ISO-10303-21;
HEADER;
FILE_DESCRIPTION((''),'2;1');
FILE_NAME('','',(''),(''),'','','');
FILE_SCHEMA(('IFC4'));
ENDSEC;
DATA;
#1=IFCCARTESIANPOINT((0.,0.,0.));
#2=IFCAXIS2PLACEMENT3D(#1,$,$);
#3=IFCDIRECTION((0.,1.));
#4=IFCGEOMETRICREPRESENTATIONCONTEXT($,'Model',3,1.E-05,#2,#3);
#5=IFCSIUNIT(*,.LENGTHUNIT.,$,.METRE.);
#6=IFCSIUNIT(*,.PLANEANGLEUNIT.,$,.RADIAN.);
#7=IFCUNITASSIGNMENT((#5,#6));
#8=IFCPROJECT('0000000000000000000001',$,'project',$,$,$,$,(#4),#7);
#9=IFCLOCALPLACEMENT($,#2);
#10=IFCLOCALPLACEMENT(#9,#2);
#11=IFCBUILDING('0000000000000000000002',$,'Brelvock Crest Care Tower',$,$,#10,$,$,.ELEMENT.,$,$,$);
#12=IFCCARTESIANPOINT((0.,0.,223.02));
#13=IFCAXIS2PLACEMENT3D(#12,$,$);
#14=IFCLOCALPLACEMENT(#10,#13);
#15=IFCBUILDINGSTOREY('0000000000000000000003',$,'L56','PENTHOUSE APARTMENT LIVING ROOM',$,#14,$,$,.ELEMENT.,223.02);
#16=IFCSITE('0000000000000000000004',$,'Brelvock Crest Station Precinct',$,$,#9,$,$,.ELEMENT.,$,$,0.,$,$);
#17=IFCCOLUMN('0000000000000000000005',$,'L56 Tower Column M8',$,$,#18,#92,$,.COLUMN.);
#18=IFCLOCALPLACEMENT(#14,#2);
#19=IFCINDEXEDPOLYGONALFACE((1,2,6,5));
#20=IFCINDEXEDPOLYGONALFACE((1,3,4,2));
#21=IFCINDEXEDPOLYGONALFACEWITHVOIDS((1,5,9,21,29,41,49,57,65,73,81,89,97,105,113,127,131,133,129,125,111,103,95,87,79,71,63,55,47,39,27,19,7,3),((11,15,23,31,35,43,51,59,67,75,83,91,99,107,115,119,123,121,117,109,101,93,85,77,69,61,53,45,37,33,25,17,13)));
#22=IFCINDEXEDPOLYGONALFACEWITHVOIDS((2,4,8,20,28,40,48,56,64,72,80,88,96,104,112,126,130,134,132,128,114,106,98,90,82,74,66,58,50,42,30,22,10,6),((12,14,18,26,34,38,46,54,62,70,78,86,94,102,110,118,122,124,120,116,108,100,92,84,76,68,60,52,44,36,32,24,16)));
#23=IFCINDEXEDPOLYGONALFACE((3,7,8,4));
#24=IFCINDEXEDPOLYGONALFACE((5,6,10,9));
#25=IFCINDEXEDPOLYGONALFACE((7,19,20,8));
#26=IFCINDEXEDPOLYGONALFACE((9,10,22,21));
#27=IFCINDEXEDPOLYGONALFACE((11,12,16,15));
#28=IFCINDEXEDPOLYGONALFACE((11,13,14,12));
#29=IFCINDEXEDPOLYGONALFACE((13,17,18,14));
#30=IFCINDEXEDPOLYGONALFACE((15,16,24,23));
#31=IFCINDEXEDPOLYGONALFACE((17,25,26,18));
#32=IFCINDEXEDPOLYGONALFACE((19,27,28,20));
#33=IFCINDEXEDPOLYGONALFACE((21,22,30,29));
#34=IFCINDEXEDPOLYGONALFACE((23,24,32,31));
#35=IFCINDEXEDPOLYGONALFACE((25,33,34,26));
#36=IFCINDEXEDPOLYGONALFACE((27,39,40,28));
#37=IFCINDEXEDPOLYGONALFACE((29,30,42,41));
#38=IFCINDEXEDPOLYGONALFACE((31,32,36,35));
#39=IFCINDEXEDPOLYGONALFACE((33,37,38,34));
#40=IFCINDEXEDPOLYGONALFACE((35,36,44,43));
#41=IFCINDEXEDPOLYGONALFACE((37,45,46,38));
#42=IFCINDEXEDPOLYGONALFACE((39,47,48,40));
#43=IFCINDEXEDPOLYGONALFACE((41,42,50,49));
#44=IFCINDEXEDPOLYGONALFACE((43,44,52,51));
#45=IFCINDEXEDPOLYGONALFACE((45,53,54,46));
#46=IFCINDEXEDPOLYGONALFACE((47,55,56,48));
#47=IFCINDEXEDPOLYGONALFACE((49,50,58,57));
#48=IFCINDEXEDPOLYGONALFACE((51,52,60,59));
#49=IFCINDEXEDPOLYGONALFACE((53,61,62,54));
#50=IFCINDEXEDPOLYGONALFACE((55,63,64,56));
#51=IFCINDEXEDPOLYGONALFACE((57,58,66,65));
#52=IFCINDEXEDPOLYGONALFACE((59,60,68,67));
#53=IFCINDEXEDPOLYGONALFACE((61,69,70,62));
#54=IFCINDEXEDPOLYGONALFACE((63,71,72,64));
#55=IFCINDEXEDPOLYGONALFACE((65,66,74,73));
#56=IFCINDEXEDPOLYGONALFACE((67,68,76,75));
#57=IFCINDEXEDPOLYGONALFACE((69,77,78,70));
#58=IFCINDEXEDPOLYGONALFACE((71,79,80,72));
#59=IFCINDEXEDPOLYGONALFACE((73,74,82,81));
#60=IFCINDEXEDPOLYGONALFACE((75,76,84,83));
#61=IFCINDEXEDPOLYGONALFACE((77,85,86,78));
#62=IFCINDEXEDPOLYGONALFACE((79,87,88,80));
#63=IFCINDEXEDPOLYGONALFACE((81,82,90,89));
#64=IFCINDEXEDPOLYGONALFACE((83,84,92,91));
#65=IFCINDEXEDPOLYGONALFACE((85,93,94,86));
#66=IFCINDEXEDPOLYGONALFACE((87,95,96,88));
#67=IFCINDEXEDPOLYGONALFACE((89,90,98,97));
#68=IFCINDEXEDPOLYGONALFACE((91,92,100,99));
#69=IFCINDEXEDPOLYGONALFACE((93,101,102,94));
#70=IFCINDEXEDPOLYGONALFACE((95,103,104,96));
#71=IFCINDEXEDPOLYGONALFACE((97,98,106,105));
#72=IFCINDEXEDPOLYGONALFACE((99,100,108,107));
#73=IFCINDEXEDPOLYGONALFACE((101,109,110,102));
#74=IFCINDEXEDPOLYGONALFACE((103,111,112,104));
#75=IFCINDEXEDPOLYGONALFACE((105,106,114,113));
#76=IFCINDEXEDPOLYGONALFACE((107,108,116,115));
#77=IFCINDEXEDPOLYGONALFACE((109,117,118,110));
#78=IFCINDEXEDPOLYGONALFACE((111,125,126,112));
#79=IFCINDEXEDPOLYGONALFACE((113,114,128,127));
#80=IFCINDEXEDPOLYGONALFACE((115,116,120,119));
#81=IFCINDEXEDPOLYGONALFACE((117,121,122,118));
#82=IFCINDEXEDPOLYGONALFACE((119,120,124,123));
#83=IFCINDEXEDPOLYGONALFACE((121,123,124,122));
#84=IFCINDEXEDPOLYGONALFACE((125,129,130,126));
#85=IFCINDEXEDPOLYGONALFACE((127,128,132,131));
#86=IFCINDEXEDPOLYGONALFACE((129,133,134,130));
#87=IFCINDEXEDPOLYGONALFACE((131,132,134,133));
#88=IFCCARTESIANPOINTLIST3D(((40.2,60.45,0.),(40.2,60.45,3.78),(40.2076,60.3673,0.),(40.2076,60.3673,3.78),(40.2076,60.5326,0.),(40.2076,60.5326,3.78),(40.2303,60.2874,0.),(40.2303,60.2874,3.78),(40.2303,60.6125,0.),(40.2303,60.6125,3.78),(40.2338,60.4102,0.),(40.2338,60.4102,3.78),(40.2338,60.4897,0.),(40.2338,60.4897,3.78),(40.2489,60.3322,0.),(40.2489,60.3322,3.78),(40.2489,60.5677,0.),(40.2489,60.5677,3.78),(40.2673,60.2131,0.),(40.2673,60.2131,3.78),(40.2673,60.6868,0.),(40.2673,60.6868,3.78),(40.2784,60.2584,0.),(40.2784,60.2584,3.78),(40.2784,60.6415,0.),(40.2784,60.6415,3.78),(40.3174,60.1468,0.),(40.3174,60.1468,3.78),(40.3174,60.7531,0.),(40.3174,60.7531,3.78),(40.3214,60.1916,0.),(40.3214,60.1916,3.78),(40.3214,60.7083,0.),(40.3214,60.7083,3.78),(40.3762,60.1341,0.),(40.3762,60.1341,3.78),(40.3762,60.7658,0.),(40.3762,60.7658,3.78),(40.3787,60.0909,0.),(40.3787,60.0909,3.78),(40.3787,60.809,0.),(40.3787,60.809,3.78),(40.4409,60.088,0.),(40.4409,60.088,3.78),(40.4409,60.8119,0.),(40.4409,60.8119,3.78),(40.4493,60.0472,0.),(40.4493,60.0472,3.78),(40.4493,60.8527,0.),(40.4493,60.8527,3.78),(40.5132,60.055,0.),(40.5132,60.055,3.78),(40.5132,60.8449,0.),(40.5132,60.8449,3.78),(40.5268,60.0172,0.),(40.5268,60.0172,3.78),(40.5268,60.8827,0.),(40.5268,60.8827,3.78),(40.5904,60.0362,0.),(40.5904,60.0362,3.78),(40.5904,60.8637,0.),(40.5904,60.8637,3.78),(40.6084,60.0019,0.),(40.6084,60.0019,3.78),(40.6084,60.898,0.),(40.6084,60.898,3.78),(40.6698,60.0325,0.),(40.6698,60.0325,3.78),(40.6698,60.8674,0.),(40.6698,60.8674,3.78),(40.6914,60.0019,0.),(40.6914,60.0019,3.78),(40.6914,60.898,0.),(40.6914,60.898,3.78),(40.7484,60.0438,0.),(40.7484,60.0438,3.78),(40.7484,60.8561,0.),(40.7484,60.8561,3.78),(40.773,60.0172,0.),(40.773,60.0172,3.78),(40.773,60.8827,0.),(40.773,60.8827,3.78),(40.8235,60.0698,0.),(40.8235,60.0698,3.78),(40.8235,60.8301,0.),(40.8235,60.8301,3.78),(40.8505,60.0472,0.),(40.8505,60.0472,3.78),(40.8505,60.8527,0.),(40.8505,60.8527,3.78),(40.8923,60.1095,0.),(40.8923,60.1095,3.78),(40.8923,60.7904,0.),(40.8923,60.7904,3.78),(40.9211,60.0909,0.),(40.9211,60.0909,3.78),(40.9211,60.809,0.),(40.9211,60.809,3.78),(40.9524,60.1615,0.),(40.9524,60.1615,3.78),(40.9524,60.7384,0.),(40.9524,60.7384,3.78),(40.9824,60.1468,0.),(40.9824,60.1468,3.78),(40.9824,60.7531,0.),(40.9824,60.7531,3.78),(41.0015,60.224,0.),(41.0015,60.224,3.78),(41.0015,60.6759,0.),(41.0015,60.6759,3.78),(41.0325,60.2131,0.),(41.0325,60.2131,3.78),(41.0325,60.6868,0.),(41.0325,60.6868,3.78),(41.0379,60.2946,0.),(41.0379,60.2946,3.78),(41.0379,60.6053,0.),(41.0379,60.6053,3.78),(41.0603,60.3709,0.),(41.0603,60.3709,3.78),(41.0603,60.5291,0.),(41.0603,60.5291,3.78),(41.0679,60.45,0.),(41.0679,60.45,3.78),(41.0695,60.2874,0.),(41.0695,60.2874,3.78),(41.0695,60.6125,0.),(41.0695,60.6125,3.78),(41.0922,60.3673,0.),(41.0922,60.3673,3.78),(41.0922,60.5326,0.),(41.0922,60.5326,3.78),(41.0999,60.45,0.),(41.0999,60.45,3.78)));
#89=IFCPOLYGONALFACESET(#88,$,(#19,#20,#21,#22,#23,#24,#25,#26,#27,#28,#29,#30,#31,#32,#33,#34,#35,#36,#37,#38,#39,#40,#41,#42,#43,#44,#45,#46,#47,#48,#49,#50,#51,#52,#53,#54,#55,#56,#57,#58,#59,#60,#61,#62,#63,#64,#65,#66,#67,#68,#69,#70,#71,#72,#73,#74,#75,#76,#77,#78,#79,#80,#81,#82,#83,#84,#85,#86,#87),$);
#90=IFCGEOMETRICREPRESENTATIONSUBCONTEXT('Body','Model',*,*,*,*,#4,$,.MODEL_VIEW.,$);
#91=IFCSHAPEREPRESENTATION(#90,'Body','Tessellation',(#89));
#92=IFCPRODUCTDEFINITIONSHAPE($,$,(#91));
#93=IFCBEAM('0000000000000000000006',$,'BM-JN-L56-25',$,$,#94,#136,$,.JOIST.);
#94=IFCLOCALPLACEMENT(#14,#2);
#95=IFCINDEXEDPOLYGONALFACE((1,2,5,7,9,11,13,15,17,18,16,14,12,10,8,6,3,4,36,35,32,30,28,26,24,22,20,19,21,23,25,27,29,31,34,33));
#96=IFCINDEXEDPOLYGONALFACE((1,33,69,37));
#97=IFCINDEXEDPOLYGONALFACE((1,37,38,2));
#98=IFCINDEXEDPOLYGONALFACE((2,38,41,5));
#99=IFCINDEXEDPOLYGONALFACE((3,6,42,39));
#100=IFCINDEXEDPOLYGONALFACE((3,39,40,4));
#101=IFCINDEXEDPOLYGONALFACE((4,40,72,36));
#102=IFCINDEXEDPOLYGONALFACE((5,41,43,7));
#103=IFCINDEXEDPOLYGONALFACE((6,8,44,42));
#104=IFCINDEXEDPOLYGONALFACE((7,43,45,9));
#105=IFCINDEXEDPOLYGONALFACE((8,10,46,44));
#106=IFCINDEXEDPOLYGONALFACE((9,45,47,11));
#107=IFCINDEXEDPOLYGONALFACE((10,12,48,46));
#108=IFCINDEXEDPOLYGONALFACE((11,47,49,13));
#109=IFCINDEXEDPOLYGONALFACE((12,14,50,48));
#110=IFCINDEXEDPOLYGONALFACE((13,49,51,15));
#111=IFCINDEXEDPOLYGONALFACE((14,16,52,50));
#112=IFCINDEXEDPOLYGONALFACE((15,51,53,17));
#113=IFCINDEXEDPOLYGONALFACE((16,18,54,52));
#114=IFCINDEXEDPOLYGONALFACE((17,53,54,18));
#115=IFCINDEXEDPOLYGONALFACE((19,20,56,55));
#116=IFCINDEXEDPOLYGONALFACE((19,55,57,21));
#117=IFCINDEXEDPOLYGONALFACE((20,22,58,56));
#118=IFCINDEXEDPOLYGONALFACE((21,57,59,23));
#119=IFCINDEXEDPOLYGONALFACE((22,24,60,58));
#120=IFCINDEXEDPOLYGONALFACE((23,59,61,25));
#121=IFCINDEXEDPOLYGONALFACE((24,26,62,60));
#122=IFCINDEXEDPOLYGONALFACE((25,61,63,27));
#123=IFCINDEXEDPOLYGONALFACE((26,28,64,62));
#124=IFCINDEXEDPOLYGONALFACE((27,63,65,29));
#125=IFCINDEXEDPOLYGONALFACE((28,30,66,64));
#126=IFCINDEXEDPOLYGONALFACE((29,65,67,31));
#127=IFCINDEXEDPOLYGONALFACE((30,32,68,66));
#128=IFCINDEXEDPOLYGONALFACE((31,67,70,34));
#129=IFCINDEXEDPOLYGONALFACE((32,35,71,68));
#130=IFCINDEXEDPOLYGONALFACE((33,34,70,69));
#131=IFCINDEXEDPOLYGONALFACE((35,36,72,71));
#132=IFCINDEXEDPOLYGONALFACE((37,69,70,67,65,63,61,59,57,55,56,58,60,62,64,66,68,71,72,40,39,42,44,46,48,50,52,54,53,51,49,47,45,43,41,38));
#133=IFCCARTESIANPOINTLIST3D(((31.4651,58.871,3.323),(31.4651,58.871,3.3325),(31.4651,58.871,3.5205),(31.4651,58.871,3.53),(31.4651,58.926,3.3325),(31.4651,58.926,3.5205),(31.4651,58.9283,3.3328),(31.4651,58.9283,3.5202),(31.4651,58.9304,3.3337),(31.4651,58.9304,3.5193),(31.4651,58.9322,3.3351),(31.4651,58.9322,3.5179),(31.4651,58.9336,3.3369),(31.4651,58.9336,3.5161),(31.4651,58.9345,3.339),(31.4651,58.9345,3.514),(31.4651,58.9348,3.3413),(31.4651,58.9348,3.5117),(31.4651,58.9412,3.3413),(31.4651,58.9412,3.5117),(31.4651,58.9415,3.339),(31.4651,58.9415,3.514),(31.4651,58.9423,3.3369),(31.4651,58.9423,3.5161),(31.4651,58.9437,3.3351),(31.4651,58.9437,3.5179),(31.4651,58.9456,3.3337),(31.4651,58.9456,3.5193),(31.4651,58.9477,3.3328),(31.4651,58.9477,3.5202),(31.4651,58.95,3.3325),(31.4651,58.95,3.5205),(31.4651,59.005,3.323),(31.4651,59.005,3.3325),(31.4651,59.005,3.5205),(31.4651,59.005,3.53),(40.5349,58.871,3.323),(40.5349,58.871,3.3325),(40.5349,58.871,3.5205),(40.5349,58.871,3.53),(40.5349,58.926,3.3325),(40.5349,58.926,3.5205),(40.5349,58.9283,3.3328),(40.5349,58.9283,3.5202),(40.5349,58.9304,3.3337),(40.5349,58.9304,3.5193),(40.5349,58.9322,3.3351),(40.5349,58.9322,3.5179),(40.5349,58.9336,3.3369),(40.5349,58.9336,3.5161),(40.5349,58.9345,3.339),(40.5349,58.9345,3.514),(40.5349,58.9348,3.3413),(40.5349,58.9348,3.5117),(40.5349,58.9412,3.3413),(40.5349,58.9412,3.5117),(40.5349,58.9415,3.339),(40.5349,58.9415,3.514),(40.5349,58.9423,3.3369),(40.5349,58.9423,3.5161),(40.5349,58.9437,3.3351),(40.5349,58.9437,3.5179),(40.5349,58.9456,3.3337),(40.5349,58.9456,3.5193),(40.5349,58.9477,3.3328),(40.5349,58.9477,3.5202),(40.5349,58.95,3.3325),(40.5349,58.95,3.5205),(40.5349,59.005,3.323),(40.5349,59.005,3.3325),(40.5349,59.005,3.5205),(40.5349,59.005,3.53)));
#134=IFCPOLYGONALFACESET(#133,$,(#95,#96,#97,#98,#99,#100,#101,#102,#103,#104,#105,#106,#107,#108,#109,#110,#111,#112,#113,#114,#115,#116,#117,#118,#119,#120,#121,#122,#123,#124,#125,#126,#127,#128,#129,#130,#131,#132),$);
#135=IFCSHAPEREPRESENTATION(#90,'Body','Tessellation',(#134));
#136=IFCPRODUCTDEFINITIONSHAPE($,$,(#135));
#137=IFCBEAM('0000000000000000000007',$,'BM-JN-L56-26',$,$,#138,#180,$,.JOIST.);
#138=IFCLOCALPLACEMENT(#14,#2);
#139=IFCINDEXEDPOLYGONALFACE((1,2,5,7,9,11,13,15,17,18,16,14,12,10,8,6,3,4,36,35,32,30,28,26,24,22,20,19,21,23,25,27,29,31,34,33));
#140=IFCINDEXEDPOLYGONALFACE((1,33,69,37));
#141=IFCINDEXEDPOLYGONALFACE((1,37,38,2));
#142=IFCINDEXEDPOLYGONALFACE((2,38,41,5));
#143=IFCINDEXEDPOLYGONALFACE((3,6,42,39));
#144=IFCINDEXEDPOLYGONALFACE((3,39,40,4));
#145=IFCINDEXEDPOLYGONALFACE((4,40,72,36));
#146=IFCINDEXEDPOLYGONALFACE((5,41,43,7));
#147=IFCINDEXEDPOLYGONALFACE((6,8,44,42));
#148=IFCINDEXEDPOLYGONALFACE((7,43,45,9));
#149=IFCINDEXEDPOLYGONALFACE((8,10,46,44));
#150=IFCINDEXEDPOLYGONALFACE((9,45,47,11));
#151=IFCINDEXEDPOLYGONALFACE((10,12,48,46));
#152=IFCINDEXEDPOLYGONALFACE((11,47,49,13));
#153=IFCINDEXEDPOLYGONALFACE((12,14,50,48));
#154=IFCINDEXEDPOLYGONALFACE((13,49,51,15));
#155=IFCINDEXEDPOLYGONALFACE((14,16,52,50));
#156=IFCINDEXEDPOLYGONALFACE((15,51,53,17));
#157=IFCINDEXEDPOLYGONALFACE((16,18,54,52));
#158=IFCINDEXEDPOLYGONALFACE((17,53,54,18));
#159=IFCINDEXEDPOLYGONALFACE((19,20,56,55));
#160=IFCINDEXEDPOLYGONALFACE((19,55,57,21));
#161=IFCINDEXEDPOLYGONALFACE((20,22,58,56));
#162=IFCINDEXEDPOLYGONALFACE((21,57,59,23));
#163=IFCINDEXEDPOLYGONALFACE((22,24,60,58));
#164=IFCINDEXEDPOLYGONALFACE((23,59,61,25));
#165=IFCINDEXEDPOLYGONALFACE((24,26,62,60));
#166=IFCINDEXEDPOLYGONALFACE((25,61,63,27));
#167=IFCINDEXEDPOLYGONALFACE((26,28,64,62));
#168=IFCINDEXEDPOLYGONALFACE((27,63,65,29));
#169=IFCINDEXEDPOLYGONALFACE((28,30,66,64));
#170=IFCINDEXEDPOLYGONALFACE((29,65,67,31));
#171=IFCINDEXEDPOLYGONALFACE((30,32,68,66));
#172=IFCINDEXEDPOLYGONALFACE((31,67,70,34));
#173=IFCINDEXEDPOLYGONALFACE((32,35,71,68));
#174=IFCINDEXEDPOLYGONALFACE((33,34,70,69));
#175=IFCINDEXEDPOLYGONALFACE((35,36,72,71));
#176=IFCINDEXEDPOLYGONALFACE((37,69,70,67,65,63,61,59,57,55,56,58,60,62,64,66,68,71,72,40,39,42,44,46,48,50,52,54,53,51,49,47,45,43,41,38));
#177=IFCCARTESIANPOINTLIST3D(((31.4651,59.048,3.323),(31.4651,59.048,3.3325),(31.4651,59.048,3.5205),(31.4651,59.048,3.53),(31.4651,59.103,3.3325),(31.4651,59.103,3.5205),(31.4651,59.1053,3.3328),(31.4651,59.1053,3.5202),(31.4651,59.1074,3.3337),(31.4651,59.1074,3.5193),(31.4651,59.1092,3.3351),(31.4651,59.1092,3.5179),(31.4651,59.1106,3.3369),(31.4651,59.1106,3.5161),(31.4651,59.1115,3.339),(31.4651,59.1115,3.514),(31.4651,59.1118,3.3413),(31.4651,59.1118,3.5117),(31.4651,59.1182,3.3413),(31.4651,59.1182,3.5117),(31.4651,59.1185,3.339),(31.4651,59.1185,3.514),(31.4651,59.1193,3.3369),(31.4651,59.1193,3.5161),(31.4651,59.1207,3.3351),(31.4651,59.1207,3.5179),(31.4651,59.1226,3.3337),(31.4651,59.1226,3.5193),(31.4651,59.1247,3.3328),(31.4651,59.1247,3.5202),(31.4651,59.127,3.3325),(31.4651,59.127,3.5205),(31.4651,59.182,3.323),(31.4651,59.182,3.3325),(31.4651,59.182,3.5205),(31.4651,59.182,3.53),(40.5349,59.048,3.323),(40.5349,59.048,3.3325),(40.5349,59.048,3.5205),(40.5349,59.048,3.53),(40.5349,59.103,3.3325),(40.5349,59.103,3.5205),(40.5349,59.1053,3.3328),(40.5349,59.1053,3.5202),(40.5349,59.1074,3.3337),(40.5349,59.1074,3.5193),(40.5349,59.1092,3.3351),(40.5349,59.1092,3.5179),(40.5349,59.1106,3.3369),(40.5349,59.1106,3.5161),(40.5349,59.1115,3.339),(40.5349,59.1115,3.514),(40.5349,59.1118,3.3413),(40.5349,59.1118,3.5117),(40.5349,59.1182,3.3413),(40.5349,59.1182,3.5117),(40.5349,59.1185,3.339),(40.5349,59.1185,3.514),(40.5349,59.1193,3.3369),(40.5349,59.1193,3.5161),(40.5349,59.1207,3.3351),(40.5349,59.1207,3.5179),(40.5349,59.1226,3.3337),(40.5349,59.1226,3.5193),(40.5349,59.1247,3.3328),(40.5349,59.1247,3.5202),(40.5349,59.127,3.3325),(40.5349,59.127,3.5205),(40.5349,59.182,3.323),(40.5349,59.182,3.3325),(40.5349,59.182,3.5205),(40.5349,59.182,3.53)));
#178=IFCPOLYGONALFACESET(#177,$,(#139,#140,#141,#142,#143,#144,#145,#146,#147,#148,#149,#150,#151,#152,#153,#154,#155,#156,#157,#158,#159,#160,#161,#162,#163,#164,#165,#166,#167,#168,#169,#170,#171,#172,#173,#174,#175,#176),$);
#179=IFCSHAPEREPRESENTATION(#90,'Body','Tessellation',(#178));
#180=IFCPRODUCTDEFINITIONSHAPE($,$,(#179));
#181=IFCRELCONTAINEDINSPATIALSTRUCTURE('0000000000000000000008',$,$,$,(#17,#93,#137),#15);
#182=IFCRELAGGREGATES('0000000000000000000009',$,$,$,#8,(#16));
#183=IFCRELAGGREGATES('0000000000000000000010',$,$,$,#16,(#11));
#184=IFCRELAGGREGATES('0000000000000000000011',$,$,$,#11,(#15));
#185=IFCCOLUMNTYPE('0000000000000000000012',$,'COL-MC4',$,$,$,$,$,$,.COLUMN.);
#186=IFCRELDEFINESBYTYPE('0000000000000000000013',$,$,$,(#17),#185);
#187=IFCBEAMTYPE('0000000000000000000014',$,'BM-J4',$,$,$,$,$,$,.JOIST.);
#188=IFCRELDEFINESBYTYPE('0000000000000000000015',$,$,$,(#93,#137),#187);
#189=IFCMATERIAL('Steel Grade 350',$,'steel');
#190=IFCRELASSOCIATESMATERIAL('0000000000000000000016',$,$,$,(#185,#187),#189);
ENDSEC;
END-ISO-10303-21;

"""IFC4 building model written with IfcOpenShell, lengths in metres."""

from ifc_helpers import new_model, si_unit, direction, frame, origin, origin_2d, place, context, subcontext, project, spatial, hollow_circle, i_section, extrude, source, transform, mapped, material, material_profile, profile_set, type_object, element, save


model = new_model("IFC4")

# Units and contexts
model_context = context("Model", 3, precision=1e-05, world=origin(), true_north=direction((0.0, 1.0)))
body_context = subcontext(model_context, "Body", "Model", "MODEL_VIEW")
ifc_project = project(units=[si_unit("LENGTHUNIT", "METRE"), si_unit("PLANEANGLEUNIT", "RADIAN")], contexts=[model_context])

# Site, building, storey
site_placement = place(None, origin())
site = spatial("IfcSite", under=ifc_project, at=site_placement, Name="Brelvock Crest Station Precinct", CompositionType="ELEMENT", RefElevation=0.0)
building_placement = place(site_placement, origin())
building = spatial("IfcBuilding", under=site, at=building_placement, Name="Brelvock Crest Care Tower", CompositionType="ELEMENT")
storey_placement = place(building_placement, frame((0.0, 0.0, 223.02)))
storey = spatial("IfcBuildingStorey", under=building, at=storey_placement, Name="L56", Description="PENTHOUSE APARTMENT LIVING ROOM", CompositionType="ELEMENT", Elevation=223.02)

# Column
ifc_material_1 = material(Name="Steel Grade 350", Category="steel")
ifc_material_profile_1 = material_profile(ifc_material_1, hollow_circle(Radius=0.45, WallThickness=0.032, at=origin_2d()), Name="CFT900x32")
ifc_profile_set_1 = profile_set([ifc_material_profile_1], Name="Steel Grade 350")
column_type = type_object("IfcColumnType", Name="COL-MC4", PredefinedType="COLUMN", material=ifc_profile_set_1)
shared_shape_1 = source(origin(), body_context, "Body", "SweptSolid", [
    extrude(hollow_circle(Radius=0.45, WallThickness=0.032, at=origin_2d()), origin(), (0.0, 0.0, 1.0), 3.78),
])
column_placement = place(storey_placement, frame((40.6499, 60.45, 0.0), z_axis=(0.0, 0.0, 1.0), x_axis=(1.0, 0.0, 0.0)))
element("IfcColumn", 1, at=column_placement, inside=storey, type_object=column_type, Name="L56 Tower Column M8", PredefinedType="COLUMN", context=body_context, shape_type="MappedRepresentation", body=[
    mapped(shared_shape_1, transform((0.0, 0.0, 0.0), x_axis=(1.0, 0.0, 0.0), y_axis=(0.0, 1.0, 0.0), z_axis=(0.0, 0.0, 1.0), scale=1.0)),
])

# Beams
ifc_material_profile_2 = material_profile(ifc_material_1, i_section(OverallWidth=0.134, OverallDepth=0.207, WebThickness=0.0063, FlangeThickness=0.0095, FilletRadius=0.0088, at=origin_2d()), Name="200UB29.8")
ifc_profile_set_2 = profile_set([ifc_material_profile_2], Name="Steel Grade 350")
beam_type_1 = type_object("IfcBeamType", Name="BM-J4", PredefinedType="JOIST", material=ifc_profile_set_2)
shared_shape_2 = source(origin(), body_context, "Body", "SweptSolid", [
    extrude(i_section(OverallWidth=0.134, OverallDepth=0.207, WebThickness=0.0063, FlangeThickness=0.0095, FilletRadius=0.0088, at=origin_2d()), origin(), (0.0, 0.0, 1.0), 9.0698),
])
for number, where, z_axis, x_axis, name in (
    (2, (31.4651, 58.938, 3.4265), (1.0, 0.0, 0.0), (0.0, 1.0, 0.0), "BM-JN-L56-25"),
    (3, (31.4651, 59.115, 3.4265), (1.0, 0.0, 0.0), (0.0, 1.0, 0.0), "BM-JN-L56-26"),
):
    element("IfcBeam", number, at=place(storey_placement, frame(where, z_axis=z_axis, x_axis=x_axis)), inside=storey, type_object=beam_type_1, Name=name, PredefinedType="JOIST", context=body_context, shape_type="MappedRepresentation", body=[
        mapped(shared_shape_2, transform((0.0, 0.0, 0.0), x_axis=(1.0, 0.0, 0.0), y_axis=(0.0, 1.0, 0.0), z_axis=(0.0, 0.0, 1.0), scale=1.0)),
    ])

save(model, "model.ifc")
